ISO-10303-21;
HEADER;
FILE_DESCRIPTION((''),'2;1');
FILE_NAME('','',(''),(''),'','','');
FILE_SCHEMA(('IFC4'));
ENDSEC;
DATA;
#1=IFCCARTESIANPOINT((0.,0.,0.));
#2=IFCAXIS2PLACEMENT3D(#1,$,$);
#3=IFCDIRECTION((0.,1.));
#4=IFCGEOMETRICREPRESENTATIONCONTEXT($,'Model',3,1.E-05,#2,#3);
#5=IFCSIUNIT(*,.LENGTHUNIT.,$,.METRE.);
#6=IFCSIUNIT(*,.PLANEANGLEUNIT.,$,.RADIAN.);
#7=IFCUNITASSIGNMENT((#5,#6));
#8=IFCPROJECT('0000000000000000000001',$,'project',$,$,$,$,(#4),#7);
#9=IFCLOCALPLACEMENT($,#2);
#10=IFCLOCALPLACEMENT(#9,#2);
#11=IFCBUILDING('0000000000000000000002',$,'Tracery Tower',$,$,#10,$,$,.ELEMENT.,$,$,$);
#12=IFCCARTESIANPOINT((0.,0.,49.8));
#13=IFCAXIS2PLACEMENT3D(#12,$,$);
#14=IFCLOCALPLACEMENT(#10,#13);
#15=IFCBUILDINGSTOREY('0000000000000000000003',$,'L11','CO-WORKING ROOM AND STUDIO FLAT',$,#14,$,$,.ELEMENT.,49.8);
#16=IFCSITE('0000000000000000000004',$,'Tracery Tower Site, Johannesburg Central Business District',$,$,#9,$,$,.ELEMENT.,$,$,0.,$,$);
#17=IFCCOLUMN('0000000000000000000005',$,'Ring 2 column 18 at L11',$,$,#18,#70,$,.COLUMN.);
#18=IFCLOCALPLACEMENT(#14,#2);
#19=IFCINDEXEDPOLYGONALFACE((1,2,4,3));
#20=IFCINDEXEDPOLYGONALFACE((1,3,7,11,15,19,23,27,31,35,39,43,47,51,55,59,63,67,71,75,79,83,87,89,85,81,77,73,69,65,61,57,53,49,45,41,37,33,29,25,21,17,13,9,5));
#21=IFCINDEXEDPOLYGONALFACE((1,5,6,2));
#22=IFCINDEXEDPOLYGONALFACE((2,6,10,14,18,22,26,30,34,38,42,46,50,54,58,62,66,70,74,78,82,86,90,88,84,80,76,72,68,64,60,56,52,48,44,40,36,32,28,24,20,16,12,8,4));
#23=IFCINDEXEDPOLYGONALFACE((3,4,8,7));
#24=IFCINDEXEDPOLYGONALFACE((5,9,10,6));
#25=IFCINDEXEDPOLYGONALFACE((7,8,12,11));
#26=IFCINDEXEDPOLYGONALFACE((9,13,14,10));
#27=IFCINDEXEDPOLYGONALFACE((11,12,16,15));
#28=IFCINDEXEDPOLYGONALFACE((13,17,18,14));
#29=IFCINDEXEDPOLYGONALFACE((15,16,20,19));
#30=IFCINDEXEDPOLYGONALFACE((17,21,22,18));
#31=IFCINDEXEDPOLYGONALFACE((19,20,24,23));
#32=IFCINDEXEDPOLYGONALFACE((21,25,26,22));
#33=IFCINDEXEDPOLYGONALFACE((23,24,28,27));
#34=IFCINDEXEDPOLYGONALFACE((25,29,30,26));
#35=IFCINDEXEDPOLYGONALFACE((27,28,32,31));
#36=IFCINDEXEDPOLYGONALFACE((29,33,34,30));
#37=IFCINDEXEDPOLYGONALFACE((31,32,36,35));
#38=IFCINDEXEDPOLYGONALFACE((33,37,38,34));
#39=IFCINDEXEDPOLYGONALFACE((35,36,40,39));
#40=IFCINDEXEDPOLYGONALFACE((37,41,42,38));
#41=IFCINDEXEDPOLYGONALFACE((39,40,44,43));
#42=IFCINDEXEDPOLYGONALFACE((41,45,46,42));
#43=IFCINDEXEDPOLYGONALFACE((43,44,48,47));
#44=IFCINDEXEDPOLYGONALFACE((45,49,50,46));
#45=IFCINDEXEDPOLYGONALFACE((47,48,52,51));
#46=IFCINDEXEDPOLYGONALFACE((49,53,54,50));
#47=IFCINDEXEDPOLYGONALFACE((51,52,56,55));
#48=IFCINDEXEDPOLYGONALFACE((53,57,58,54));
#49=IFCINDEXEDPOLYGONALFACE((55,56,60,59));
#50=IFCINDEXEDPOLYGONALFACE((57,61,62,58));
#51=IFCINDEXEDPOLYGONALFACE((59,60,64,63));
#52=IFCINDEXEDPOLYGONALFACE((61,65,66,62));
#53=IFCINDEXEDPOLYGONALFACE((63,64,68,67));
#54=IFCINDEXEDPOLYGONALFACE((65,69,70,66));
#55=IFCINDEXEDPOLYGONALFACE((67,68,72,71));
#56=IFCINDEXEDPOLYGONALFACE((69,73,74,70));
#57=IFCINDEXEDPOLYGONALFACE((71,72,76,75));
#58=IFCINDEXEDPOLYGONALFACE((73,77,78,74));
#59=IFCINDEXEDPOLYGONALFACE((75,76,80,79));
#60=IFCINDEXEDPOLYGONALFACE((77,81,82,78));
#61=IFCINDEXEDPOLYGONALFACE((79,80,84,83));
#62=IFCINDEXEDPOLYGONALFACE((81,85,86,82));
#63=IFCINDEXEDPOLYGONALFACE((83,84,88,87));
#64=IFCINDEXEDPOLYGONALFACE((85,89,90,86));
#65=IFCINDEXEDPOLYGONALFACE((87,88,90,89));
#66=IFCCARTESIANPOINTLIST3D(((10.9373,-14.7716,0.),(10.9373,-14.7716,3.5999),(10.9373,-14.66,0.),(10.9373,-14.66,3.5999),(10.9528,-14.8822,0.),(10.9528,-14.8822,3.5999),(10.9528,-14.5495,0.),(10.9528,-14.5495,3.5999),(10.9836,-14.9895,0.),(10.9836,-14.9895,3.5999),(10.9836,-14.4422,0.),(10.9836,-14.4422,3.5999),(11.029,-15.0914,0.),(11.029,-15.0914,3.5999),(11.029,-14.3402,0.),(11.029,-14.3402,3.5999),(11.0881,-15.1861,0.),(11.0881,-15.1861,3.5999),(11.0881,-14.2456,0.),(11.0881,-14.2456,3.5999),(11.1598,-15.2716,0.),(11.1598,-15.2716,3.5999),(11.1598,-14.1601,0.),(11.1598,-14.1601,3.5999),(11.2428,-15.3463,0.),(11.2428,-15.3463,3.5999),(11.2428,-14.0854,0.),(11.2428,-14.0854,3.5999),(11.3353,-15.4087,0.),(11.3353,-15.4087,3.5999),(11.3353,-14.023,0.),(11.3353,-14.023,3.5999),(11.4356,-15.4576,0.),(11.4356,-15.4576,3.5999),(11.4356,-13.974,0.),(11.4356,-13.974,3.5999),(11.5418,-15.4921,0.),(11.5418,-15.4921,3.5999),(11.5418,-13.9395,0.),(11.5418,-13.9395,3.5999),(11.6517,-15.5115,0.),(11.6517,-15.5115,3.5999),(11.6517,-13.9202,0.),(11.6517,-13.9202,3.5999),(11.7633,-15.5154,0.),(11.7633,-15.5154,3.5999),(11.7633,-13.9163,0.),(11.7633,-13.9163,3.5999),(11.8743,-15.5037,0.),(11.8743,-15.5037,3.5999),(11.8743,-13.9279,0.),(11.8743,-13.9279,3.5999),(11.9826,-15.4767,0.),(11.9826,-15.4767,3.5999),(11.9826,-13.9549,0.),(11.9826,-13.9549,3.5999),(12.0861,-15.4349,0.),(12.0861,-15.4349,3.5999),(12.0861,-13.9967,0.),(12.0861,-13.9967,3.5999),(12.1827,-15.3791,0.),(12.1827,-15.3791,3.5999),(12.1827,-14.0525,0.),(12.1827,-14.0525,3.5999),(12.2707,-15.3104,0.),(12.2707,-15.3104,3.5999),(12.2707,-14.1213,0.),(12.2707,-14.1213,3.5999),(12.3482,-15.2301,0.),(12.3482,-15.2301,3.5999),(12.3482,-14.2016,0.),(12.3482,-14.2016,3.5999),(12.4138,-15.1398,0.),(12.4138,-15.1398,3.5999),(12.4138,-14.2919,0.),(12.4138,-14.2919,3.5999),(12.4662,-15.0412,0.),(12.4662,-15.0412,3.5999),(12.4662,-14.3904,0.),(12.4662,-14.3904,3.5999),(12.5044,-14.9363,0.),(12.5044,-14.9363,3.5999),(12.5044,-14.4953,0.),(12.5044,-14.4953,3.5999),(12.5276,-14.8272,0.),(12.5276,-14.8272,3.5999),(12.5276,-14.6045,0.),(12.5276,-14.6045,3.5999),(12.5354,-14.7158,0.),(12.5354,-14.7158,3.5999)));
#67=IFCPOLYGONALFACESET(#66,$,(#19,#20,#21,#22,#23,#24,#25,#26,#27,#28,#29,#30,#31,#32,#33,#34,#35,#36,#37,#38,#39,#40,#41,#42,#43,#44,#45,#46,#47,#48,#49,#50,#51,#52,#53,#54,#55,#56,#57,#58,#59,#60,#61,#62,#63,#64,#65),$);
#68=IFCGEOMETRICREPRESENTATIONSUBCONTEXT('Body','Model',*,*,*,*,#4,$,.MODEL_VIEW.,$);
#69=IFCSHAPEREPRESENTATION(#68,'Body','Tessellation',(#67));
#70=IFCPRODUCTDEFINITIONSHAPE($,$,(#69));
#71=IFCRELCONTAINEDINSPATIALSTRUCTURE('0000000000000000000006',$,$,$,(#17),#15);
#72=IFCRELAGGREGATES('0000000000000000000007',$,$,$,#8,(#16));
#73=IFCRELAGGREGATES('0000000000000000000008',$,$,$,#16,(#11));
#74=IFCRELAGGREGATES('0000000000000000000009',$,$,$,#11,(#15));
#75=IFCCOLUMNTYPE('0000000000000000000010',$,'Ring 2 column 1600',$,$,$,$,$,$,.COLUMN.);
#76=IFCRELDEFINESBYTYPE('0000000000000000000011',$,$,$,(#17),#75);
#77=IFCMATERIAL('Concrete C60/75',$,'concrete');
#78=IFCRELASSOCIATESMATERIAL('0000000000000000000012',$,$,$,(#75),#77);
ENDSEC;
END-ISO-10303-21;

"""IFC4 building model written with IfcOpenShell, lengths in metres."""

from ifc_helpers import new_model, si_unit, direction, frame, origin, origin_2d, place, context, subcontext, project, spatial, circle, extrude, material, material_profile, profile_set, type_object, element, save


model = new_model("IFC4")

# Units and contexts
model_context = context("Model", 3, precision=1e-05, world=origin(), true_north=direction((0.0, 1.0)))
body_context = subcontext(model_context, "Body", "Model", "MODEL_VIEW")
ifc_project = project(units=[si_unit("LENGTHUNIT", "METRE"), si_unit("PLANEANGLEUNIT", "RADIAN")], contexts=[model_context])

# Site, building, storey
site_placement = place(None, origin())
site = spatial("IfcSite", under=ifc_project, at=site_placement, Name="Tracery Tower Site, Johannesburg Central Business District", CompositionType="ELEMENT", RefElevation=0.0)
building_placement = place(site_placement, origin())
building = spatial("IfcBuilding", under=site, at=building_placement, Name="Tracery Tower", CompositionType="ELEMENT")
storey_placement = place(building_placement, frame((0.0, 0.0, 49.8)))
storey = spatial("IfcBuildingStorey", under=building, at=storey_placement, Name="L11", Description="CO-WORKING ROOM AND STUDIO FLAT", CompositionType="ELEMENT", Elevation=49.8)

# Column
ifc_material_1 = material(Name="Concrete C60/75", Category="concrete")
ifc_material_profile = material_profile(ifc_material_1, circle(Radius=0.8, at=origin_2d()), Name="RC D1600")
ifc_profile_set = profile_set([ifc_material_profile], Name="Concrete C60/75")
column_type = type_object("IfcColumnType", Name="Ring 2 column 1600", PredefinedType="COLUMN", material=ifc_profile_set)
column_placement = place(storey_placement, frame((11.7354, -14.7158, 0.0), z_axis=(0.0, 0.0, 1.0), x_axis=(1.0, 0.0, 0.0)))
element("IfcColumn", 1, at=column_placement, inside=storey, type_object=column_type, Name="Ring 2 column 18 at L11", PredefinedType="COLUMN", context=body_context, shape_type="SweptSolid", body=[
    extrude(circle(Radius=0.8, at=origin_2d()), origin(), (0.0, 0.0, 1.0), 3.5999),
])

save(model, "model.ifc")
